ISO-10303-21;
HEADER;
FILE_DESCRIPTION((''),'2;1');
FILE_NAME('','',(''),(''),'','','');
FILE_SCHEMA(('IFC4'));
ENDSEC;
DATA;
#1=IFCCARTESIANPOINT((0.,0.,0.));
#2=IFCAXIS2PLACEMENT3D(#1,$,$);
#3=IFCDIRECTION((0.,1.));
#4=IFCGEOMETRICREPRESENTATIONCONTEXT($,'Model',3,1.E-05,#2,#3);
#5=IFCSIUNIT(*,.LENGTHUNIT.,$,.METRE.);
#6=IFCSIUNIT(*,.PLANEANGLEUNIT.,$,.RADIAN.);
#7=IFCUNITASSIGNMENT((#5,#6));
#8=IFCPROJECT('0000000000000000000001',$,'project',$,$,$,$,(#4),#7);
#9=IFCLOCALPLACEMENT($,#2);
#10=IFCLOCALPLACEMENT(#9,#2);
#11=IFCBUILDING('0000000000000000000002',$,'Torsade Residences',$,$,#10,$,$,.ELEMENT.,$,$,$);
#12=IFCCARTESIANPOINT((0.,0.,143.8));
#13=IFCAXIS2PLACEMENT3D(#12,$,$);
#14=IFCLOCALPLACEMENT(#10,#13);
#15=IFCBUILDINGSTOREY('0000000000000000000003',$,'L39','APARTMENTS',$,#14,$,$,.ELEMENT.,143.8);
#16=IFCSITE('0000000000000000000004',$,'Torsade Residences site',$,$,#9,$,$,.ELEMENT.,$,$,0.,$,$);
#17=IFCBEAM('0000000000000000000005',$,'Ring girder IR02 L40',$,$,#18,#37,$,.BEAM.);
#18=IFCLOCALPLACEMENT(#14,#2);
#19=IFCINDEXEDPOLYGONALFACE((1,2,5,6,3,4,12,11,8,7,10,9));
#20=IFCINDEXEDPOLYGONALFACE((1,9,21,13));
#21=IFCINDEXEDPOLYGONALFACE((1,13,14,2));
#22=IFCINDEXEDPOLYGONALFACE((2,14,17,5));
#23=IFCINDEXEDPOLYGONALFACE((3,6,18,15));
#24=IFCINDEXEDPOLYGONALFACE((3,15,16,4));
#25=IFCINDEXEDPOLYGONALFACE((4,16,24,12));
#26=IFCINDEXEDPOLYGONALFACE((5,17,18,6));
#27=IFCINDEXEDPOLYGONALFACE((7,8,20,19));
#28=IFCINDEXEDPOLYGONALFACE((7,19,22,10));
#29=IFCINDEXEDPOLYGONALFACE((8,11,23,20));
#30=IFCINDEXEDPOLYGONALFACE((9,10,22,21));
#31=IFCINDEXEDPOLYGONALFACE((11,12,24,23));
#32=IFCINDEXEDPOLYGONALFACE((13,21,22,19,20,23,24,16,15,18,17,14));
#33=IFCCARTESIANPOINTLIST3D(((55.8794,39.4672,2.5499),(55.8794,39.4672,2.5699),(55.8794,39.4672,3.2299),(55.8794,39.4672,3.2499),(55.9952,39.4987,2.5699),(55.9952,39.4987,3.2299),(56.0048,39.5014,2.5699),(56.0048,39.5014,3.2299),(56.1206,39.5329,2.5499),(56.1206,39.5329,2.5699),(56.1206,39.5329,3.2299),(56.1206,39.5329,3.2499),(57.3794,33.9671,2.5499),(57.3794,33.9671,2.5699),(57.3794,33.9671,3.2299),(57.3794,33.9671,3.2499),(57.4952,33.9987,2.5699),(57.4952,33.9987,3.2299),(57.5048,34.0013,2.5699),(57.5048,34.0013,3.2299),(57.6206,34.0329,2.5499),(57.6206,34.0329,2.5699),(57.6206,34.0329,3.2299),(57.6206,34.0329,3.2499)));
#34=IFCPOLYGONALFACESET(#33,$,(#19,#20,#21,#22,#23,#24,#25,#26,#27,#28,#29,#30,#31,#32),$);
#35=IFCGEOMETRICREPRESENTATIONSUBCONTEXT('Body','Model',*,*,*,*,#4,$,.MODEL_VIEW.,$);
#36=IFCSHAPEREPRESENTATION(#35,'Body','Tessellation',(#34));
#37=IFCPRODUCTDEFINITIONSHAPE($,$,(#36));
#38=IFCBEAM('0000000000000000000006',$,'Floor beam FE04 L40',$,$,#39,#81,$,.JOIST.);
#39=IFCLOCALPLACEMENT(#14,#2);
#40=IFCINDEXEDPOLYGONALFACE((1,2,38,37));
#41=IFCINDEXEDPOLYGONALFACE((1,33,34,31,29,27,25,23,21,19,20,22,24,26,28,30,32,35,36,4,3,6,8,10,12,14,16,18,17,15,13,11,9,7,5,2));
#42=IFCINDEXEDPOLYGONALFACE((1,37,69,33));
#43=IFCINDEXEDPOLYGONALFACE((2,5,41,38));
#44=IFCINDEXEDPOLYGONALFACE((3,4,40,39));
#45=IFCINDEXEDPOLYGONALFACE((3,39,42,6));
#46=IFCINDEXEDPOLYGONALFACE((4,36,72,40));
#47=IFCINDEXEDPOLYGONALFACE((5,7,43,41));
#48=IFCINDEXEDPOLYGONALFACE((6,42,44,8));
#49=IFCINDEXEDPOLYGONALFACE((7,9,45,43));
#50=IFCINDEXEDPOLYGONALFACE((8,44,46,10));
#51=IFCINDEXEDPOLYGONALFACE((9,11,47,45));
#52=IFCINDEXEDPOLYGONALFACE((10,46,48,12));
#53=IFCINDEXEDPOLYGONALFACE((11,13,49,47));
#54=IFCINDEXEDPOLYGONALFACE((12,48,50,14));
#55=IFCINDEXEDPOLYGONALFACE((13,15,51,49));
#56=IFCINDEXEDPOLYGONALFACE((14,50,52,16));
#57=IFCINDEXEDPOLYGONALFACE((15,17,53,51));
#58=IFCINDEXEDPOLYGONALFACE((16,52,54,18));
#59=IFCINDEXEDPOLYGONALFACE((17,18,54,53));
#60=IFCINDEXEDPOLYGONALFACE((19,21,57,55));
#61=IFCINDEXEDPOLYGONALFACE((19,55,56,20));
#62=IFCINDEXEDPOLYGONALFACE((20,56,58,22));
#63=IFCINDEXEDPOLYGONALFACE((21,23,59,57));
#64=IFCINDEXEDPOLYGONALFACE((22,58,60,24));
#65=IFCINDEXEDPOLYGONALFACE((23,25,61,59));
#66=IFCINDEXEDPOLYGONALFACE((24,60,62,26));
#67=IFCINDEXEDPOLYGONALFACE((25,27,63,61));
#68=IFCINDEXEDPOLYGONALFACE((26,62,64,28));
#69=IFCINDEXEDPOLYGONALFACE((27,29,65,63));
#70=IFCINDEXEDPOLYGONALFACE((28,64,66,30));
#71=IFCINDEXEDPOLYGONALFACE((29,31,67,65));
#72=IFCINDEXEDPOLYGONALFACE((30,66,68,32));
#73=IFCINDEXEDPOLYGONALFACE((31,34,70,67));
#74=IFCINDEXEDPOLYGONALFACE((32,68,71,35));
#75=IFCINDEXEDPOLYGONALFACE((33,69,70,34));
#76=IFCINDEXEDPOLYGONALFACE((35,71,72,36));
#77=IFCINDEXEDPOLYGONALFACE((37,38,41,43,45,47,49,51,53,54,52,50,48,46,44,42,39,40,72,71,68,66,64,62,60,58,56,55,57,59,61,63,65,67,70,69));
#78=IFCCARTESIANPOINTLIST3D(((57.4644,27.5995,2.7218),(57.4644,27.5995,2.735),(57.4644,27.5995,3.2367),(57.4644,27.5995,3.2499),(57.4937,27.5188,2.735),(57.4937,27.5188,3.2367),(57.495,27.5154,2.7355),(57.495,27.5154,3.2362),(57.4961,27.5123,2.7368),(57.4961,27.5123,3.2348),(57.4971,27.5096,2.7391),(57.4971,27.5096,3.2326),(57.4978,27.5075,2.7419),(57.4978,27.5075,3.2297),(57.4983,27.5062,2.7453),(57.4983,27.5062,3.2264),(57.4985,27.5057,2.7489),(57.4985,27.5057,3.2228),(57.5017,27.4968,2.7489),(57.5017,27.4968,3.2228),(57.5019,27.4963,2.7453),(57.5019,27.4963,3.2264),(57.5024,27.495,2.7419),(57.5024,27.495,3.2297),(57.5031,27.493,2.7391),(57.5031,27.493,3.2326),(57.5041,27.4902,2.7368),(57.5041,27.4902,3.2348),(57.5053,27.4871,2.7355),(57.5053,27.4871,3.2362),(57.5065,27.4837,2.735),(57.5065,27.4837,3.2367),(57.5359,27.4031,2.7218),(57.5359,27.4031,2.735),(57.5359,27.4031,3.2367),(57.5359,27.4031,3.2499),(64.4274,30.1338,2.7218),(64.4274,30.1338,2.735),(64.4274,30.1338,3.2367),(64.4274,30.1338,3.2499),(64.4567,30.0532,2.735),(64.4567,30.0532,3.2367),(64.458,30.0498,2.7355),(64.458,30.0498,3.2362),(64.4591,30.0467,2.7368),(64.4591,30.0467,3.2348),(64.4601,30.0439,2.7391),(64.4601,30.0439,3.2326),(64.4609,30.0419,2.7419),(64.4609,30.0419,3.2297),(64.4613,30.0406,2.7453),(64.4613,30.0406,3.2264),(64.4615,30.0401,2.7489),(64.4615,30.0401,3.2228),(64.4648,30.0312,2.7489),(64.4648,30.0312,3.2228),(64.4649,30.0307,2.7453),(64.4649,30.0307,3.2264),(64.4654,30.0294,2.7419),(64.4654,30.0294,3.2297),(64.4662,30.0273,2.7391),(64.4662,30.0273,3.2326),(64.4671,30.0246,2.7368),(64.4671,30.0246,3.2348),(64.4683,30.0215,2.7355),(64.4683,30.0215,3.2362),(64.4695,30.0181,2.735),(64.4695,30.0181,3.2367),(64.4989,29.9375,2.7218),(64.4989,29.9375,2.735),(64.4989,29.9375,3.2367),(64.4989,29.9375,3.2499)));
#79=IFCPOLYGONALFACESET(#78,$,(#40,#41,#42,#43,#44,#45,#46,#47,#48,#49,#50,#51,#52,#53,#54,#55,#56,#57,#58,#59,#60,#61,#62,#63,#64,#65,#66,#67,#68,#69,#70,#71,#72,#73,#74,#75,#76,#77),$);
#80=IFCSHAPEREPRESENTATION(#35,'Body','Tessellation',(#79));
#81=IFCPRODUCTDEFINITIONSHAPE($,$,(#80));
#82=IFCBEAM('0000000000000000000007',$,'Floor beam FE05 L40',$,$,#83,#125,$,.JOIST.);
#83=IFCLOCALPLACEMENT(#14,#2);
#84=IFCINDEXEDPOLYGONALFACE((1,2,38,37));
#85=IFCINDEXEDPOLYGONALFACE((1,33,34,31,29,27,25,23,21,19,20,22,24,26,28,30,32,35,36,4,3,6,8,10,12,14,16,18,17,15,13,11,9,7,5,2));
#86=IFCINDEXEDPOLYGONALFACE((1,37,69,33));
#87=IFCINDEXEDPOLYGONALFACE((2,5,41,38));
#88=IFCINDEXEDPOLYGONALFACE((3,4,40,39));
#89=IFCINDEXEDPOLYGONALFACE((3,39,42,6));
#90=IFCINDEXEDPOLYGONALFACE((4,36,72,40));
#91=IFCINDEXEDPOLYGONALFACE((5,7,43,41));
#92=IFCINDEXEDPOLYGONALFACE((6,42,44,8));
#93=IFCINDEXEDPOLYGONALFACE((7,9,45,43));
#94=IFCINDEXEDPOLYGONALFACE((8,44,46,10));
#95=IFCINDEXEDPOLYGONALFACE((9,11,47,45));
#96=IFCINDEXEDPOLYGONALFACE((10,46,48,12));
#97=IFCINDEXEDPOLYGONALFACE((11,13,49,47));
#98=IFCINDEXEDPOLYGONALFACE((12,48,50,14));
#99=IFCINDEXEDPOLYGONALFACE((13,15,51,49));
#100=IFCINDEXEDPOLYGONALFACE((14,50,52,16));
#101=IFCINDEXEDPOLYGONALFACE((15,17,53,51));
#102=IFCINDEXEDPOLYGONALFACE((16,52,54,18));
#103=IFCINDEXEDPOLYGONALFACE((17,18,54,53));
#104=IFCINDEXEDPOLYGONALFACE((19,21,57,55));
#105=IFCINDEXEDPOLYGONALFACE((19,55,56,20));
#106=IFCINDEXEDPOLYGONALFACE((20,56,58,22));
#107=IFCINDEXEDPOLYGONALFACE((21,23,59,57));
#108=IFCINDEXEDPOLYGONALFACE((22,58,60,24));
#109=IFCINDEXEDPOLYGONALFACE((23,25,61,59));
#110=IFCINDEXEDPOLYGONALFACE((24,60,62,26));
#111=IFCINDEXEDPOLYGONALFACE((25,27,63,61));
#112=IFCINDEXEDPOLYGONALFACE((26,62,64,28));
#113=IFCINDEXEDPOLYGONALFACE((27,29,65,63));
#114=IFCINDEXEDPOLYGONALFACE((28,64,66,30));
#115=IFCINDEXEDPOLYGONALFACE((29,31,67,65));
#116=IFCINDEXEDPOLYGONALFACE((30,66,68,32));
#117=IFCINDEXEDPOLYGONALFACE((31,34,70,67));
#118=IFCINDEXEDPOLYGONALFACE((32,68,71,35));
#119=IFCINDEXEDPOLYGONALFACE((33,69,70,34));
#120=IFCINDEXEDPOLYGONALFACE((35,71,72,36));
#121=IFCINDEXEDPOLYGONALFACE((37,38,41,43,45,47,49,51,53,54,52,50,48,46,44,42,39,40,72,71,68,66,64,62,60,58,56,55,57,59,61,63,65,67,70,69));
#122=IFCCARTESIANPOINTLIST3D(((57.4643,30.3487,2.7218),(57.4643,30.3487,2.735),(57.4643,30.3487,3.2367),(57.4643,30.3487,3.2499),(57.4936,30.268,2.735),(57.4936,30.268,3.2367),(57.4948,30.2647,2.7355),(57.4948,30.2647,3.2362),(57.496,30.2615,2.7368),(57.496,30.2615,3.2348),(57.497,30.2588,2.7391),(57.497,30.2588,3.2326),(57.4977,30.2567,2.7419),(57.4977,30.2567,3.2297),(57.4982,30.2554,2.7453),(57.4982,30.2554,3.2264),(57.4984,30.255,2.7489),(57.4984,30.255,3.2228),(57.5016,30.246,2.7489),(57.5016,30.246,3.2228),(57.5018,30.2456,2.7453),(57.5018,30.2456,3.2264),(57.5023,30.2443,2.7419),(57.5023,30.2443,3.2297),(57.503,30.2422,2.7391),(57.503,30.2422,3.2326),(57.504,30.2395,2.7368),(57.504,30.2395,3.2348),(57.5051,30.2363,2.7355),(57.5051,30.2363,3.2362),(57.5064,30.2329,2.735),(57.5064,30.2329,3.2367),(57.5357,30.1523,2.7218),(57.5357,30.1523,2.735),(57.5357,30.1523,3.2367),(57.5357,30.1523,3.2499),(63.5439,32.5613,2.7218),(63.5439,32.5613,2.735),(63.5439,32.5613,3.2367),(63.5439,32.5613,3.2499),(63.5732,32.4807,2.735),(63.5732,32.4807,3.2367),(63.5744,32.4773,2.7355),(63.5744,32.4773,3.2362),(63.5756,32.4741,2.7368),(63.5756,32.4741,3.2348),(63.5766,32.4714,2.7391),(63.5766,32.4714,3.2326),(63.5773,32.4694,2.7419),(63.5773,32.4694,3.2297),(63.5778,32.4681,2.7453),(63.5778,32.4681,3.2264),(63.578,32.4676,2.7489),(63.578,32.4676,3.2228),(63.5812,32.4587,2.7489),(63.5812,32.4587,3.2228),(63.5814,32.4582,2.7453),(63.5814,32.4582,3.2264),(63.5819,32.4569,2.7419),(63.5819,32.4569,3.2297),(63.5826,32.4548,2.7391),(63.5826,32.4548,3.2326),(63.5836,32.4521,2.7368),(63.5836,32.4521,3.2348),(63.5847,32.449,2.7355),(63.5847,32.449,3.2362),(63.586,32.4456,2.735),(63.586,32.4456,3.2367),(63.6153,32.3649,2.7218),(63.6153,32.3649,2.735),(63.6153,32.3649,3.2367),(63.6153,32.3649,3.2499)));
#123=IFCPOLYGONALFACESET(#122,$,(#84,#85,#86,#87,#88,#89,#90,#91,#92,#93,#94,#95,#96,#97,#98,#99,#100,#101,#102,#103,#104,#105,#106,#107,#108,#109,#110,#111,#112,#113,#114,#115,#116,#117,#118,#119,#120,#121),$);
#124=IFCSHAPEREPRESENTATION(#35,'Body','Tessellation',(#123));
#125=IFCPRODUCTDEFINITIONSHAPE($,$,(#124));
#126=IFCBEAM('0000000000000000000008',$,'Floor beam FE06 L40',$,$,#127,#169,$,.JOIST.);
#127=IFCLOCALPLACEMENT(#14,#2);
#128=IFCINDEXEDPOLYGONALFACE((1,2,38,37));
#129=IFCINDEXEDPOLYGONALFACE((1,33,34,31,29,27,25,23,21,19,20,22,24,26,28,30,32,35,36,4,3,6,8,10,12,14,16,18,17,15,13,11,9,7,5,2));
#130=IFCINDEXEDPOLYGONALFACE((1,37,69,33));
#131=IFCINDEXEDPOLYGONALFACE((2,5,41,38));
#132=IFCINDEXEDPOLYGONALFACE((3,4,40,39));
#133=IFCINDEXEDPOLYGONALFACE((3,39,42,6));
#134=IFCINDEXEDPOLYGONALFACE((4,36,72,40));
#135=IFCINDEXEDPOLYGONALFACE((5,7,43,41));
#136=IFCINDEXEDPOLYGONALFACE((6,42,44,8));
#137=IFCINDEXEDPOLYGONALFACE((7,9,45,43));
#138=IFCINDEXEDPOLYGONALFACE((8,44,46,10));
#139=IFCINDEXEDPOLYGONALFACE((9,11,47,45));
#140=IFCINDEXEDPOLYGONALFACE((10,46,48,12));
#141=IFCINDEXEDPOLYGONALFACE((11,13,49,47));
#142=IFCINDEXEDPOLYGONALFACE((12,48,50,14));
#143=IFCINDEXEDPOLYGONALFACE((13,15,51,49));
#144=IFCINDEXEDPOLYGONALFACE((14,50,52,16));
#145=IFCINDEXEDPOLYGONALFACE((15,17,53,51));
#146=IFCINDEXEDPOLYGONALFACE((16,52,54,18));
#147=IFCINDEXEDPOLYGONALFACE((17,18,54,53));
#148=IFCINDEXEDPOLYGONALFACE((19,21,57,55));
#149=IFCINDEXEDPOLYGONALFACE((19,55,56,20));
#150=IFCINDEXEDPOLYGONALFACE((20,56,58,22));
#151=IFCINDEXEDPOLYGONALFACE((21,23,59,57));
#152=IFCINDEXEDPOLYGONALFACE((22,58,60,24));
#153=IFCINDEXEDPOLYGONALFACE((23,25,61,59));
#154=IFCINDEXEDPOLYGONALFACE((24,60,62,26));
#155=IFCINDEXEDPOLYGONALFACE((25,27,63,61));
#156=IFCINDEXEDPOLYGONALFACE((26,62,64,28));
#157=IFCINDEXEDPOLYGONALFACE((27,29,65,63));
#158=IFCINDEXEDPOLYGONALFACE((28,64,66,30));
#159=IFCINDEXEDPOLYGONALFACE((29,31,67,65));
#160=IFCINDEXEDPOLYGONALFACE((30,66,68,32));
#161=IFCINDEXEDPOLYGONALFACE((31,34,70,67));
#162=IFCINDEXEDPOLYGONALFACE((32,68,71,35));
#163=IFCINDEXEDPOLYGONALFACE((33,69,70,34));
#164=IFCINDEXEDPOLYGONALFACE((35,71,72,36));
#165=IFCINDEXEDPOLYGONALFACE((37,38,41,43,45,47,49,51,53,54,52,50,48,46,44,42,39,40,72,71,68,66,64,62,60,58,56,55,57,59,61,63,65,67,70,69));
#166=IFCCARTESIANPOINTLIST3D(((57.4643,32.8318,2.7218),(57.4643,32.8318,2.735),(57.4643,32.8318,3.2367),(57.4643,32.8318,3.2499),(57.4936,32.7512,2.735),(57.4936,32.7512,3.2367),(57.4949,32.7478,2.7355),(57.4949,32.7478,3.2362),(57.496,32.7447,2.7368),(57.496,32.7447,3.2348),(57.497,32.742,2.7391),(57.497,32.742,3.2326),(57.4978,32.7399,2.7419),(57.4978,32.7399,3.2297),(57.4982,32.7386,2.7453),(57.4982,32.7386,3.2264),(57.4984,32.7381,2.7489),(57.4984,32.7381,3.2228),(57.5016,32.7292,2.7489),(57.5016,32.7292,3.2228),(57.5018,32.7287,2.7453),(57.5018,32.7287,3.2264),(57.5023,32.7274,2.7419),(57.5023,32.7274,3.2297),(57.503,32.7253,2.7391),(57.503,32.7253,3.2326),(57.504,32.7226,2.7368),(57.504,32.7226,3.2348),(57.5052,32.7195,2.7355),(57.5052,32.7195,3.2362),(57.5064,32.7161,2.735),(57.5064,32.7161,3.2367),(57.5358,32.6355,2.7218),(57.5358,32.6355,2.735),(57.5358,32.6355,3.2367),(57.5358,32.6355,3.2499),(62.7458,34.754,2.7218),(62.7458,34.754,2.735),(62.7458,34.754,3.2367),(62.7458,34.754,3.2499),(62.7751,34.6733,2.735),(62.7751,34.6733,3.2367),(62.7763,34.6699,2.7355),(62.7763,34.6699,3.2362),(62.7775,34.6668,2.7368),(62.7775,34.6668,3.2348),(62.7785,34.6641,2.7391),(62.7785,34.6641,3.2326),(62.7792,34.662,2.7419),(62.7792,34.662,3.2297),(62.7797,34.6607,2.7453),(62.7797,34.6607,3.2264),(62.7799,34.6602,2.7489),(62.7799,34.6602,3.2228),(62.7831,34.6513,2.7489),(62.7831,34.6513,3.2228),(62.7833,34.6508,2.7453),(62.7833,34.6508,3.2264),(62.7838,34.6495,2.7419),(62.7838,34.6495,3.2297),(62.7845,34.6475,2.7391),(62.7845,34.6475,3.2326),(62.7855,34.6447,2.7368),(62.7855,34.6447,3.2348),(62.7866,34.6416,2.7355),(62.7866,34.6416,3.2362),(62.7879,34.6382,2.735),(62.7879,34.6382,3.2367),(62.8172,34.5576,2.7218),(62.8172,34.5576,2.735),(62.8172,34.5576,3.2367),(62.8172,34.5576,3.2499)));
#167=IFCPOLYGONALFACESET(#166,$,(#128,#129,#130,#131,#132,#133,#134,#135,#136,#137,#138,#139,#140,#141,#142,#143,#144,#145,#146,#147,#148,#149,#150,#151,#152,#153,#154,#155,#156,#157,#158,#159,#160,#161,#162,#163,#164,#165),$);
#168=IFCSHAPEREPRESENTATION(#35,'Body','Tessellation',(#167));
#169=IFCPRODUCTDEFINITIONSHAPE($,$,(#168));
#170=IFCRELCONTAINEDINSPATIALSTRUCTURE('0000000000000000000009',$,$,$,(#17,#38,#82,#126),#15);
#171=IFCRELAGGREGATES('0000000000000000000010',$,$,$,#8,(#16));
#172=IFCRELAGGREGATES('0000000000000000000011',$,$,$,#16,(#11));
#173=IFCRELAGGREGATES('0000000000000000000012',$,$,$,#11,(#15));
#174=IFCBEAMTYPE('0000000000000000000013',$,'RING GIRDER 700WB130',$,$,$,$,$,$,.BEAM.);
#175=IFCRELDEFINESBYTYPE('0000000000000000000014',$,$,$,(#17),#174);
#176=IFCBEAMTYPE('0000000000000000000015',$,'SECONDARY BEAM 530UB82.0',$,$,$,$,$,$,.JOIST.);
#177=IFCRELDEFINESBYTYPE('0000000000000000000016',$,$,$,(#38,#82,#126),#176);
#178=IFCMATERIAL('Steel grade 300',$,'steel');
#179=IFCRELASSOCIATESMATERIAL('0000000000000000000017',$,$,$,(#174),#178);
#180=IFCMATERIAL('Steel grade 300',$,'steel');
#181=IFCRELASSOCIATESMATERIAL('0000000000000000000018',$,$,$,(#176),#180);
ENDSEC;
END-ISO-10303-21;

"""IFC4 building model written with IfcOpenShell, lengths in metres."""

from ifc_helpers import new_model, si_unit, direction, frame, origin, origin_2d, place, context, subcontext, project, spatial, i_section, extrude, material, material_profile, profile_set, type_object, element, save


model = new_model("IFC4")

# Units and contexts
model_context = context("Model", 3, precision=1e-05, world=origin(), true_north=direction((0.0, 1.0)))
body_context = subcontext(model_context, "Body", "Model", "MODEL_VIEW")
ifc_project = project(units=[si_unit("LENGTHUNIT", "METRE"), si_unit("PLANEANGLEUNIT", "RADIAN")], contexts=[model_context])

# Site, building, storey
site_placement = place(None, origin())
site = spatial("IfcSite", under=ifc_project, at=site_placement, Name="Torsade Residences site", CompositionType="ELEMENT", RefElevation=0.0)
building_placement = place(site_placement, origin())
building = spatial("IfcBuilding", under=site, at=building_placement, Name="Torsade Residences", CompositionType="ELEMENT")
storey_placement = place(building_placement, frame((0.0, 0.0, 143.8)))
storey = spatial("IfcBuildingStorey", under=building, at=storey_placement, Name="L39", Description="APARTMENTS", CompositionType="ELEMENT", Elevation=143.8)

# Beams
ifc_material_1 = material(Name="Steel grade 300", Category="steel")
ifc_material_profile_1 = material_profile(ifc_material_1, i_section(OverallWidth=0.25, OverallDepth=0.7, WebThickness=0.01, FlangeThickness=0.02, at=origin_2d()), Name="700WB130")
ifc_profile_set_1 = profile_set([ifc_material_profile_1], Name="Steel grade 300")
beam_type_1 = type_object("IfcBeamType", Name="RING GIRDER 700WB130", PredefinedType="BEAM", material=ifc_profile_set_1)
beam_1_placement = place(storey_placement, frame((57.5, 34.0, 2.8999), z_axis=(-0.263117, 0.964764, 0.0), x_axis=(-0.964764, -0.263117, 0.0)))
element("IfcBeam", 1, at=beam_1_placement, inside=storey, type_object=beam_type_1, Name="Ring girder IR02 L40", PredefinedType="BEAM", context=body_context, shape_type="SweptSolid", body=[
    extrude(i_section(OverallWidth=0.25, OverallDepth=0.7, WebThickness=0.01, FlangeThickness=0.02, at=origin_2d()), origin(), (0.0, 0.0, 1.0), 5.7009),
])
ifc_material_2 = material(Name="Steel grade 300", Category="steel")
ifc_material_profile_2 = material_profile(ifc_material_2, i_section(OverallWidth=0.209, OverallDepth=0.5281, WebThickness=0.0095, FlangeThickness=0.0132, FilletRadius=0.0139, at=origin_2d()), Name="530UB82.0")
ifc_profile_set_2 = profile_set([ifc_material_profile_2], Name="Steel grade 300")
beam_type_2 = type_object("IfcBeamType", Name="SECONDARY BEAM 530UB82.0", PredefinedType="JOIST", material=ifc_profile_set_2)
beam_2_placement = place(storey_placement, frame((64.4631, 30.0356, 2.9858), z_axis=(-0.93969, -0.342026, 0.0), x_axis=(0.342026, -0.93969, 0.0)))
element("IfcBeam", 2, at=beam_2_placement, inside=storey, type_object=beam_type_2, Name="Floor beam FE04 L40", PredefinedType="JOIST", context=body_context, shape_type="SweptSolid", body=[
    extrude(i_section(OverallWidth=0.209, OverallDepth=0.5281, WebThickness=0.0095, FlangeThickness=0.0132, FilletRadius=0.0139, at=origin_2d()), origin(), (0.0, 0.0, 1.0), 7.4099),
])
beam_3_placement = place(storey_placement, frame((63.5796, 32.4631, 2.9858), z_axis=(-0.9397, -0.342001, 0.0), x_axis=(0.342001, -0.9397, 0.0)))
element("IfcBeam", 3, at=beam_3_placement, inside=storey, type_object=beam_type_2, Name="Floor beam FE05 L40", PredefinedType="JOIST", context=body_context, shape_type="SweptSolid", body=[
    extrude(i_section(OverallWidth=0.209, OverallDepth=0.5281, WebThickness=0.0095, FlangeThickness=0.0132, FilletRadius=0.0139, at=origin_2d()), origin(), (0.0, 0.0, 1.0), 6.4697),
])
beam_4_placement = place(storey_placement, frame((62.7815, 34.6558, 2.9858), z_axis=(-0.939703, -0.341991, 0.0), x_axis=(0.341991, -0.939703, 0.0)))
element("IfcBeam", 4, at=beam_4_placement, inside=storey, type_object=beam_type_2, Name="Floor beam FE06 L40", PredefinedType="JOIST", context=body_context, shape_type="SweptSolid", body=[
    extrude(i_section(OverallWidth=0.209, OverallDepth=0.5281, WebThickness=0.0095, FlangeThickness=0.0132, FilletRadius=0.0139, at=origin_2d()), origin(), (0.0, 0.0, 1.0), 5.6204),
])

save(model, "model.ifc")
